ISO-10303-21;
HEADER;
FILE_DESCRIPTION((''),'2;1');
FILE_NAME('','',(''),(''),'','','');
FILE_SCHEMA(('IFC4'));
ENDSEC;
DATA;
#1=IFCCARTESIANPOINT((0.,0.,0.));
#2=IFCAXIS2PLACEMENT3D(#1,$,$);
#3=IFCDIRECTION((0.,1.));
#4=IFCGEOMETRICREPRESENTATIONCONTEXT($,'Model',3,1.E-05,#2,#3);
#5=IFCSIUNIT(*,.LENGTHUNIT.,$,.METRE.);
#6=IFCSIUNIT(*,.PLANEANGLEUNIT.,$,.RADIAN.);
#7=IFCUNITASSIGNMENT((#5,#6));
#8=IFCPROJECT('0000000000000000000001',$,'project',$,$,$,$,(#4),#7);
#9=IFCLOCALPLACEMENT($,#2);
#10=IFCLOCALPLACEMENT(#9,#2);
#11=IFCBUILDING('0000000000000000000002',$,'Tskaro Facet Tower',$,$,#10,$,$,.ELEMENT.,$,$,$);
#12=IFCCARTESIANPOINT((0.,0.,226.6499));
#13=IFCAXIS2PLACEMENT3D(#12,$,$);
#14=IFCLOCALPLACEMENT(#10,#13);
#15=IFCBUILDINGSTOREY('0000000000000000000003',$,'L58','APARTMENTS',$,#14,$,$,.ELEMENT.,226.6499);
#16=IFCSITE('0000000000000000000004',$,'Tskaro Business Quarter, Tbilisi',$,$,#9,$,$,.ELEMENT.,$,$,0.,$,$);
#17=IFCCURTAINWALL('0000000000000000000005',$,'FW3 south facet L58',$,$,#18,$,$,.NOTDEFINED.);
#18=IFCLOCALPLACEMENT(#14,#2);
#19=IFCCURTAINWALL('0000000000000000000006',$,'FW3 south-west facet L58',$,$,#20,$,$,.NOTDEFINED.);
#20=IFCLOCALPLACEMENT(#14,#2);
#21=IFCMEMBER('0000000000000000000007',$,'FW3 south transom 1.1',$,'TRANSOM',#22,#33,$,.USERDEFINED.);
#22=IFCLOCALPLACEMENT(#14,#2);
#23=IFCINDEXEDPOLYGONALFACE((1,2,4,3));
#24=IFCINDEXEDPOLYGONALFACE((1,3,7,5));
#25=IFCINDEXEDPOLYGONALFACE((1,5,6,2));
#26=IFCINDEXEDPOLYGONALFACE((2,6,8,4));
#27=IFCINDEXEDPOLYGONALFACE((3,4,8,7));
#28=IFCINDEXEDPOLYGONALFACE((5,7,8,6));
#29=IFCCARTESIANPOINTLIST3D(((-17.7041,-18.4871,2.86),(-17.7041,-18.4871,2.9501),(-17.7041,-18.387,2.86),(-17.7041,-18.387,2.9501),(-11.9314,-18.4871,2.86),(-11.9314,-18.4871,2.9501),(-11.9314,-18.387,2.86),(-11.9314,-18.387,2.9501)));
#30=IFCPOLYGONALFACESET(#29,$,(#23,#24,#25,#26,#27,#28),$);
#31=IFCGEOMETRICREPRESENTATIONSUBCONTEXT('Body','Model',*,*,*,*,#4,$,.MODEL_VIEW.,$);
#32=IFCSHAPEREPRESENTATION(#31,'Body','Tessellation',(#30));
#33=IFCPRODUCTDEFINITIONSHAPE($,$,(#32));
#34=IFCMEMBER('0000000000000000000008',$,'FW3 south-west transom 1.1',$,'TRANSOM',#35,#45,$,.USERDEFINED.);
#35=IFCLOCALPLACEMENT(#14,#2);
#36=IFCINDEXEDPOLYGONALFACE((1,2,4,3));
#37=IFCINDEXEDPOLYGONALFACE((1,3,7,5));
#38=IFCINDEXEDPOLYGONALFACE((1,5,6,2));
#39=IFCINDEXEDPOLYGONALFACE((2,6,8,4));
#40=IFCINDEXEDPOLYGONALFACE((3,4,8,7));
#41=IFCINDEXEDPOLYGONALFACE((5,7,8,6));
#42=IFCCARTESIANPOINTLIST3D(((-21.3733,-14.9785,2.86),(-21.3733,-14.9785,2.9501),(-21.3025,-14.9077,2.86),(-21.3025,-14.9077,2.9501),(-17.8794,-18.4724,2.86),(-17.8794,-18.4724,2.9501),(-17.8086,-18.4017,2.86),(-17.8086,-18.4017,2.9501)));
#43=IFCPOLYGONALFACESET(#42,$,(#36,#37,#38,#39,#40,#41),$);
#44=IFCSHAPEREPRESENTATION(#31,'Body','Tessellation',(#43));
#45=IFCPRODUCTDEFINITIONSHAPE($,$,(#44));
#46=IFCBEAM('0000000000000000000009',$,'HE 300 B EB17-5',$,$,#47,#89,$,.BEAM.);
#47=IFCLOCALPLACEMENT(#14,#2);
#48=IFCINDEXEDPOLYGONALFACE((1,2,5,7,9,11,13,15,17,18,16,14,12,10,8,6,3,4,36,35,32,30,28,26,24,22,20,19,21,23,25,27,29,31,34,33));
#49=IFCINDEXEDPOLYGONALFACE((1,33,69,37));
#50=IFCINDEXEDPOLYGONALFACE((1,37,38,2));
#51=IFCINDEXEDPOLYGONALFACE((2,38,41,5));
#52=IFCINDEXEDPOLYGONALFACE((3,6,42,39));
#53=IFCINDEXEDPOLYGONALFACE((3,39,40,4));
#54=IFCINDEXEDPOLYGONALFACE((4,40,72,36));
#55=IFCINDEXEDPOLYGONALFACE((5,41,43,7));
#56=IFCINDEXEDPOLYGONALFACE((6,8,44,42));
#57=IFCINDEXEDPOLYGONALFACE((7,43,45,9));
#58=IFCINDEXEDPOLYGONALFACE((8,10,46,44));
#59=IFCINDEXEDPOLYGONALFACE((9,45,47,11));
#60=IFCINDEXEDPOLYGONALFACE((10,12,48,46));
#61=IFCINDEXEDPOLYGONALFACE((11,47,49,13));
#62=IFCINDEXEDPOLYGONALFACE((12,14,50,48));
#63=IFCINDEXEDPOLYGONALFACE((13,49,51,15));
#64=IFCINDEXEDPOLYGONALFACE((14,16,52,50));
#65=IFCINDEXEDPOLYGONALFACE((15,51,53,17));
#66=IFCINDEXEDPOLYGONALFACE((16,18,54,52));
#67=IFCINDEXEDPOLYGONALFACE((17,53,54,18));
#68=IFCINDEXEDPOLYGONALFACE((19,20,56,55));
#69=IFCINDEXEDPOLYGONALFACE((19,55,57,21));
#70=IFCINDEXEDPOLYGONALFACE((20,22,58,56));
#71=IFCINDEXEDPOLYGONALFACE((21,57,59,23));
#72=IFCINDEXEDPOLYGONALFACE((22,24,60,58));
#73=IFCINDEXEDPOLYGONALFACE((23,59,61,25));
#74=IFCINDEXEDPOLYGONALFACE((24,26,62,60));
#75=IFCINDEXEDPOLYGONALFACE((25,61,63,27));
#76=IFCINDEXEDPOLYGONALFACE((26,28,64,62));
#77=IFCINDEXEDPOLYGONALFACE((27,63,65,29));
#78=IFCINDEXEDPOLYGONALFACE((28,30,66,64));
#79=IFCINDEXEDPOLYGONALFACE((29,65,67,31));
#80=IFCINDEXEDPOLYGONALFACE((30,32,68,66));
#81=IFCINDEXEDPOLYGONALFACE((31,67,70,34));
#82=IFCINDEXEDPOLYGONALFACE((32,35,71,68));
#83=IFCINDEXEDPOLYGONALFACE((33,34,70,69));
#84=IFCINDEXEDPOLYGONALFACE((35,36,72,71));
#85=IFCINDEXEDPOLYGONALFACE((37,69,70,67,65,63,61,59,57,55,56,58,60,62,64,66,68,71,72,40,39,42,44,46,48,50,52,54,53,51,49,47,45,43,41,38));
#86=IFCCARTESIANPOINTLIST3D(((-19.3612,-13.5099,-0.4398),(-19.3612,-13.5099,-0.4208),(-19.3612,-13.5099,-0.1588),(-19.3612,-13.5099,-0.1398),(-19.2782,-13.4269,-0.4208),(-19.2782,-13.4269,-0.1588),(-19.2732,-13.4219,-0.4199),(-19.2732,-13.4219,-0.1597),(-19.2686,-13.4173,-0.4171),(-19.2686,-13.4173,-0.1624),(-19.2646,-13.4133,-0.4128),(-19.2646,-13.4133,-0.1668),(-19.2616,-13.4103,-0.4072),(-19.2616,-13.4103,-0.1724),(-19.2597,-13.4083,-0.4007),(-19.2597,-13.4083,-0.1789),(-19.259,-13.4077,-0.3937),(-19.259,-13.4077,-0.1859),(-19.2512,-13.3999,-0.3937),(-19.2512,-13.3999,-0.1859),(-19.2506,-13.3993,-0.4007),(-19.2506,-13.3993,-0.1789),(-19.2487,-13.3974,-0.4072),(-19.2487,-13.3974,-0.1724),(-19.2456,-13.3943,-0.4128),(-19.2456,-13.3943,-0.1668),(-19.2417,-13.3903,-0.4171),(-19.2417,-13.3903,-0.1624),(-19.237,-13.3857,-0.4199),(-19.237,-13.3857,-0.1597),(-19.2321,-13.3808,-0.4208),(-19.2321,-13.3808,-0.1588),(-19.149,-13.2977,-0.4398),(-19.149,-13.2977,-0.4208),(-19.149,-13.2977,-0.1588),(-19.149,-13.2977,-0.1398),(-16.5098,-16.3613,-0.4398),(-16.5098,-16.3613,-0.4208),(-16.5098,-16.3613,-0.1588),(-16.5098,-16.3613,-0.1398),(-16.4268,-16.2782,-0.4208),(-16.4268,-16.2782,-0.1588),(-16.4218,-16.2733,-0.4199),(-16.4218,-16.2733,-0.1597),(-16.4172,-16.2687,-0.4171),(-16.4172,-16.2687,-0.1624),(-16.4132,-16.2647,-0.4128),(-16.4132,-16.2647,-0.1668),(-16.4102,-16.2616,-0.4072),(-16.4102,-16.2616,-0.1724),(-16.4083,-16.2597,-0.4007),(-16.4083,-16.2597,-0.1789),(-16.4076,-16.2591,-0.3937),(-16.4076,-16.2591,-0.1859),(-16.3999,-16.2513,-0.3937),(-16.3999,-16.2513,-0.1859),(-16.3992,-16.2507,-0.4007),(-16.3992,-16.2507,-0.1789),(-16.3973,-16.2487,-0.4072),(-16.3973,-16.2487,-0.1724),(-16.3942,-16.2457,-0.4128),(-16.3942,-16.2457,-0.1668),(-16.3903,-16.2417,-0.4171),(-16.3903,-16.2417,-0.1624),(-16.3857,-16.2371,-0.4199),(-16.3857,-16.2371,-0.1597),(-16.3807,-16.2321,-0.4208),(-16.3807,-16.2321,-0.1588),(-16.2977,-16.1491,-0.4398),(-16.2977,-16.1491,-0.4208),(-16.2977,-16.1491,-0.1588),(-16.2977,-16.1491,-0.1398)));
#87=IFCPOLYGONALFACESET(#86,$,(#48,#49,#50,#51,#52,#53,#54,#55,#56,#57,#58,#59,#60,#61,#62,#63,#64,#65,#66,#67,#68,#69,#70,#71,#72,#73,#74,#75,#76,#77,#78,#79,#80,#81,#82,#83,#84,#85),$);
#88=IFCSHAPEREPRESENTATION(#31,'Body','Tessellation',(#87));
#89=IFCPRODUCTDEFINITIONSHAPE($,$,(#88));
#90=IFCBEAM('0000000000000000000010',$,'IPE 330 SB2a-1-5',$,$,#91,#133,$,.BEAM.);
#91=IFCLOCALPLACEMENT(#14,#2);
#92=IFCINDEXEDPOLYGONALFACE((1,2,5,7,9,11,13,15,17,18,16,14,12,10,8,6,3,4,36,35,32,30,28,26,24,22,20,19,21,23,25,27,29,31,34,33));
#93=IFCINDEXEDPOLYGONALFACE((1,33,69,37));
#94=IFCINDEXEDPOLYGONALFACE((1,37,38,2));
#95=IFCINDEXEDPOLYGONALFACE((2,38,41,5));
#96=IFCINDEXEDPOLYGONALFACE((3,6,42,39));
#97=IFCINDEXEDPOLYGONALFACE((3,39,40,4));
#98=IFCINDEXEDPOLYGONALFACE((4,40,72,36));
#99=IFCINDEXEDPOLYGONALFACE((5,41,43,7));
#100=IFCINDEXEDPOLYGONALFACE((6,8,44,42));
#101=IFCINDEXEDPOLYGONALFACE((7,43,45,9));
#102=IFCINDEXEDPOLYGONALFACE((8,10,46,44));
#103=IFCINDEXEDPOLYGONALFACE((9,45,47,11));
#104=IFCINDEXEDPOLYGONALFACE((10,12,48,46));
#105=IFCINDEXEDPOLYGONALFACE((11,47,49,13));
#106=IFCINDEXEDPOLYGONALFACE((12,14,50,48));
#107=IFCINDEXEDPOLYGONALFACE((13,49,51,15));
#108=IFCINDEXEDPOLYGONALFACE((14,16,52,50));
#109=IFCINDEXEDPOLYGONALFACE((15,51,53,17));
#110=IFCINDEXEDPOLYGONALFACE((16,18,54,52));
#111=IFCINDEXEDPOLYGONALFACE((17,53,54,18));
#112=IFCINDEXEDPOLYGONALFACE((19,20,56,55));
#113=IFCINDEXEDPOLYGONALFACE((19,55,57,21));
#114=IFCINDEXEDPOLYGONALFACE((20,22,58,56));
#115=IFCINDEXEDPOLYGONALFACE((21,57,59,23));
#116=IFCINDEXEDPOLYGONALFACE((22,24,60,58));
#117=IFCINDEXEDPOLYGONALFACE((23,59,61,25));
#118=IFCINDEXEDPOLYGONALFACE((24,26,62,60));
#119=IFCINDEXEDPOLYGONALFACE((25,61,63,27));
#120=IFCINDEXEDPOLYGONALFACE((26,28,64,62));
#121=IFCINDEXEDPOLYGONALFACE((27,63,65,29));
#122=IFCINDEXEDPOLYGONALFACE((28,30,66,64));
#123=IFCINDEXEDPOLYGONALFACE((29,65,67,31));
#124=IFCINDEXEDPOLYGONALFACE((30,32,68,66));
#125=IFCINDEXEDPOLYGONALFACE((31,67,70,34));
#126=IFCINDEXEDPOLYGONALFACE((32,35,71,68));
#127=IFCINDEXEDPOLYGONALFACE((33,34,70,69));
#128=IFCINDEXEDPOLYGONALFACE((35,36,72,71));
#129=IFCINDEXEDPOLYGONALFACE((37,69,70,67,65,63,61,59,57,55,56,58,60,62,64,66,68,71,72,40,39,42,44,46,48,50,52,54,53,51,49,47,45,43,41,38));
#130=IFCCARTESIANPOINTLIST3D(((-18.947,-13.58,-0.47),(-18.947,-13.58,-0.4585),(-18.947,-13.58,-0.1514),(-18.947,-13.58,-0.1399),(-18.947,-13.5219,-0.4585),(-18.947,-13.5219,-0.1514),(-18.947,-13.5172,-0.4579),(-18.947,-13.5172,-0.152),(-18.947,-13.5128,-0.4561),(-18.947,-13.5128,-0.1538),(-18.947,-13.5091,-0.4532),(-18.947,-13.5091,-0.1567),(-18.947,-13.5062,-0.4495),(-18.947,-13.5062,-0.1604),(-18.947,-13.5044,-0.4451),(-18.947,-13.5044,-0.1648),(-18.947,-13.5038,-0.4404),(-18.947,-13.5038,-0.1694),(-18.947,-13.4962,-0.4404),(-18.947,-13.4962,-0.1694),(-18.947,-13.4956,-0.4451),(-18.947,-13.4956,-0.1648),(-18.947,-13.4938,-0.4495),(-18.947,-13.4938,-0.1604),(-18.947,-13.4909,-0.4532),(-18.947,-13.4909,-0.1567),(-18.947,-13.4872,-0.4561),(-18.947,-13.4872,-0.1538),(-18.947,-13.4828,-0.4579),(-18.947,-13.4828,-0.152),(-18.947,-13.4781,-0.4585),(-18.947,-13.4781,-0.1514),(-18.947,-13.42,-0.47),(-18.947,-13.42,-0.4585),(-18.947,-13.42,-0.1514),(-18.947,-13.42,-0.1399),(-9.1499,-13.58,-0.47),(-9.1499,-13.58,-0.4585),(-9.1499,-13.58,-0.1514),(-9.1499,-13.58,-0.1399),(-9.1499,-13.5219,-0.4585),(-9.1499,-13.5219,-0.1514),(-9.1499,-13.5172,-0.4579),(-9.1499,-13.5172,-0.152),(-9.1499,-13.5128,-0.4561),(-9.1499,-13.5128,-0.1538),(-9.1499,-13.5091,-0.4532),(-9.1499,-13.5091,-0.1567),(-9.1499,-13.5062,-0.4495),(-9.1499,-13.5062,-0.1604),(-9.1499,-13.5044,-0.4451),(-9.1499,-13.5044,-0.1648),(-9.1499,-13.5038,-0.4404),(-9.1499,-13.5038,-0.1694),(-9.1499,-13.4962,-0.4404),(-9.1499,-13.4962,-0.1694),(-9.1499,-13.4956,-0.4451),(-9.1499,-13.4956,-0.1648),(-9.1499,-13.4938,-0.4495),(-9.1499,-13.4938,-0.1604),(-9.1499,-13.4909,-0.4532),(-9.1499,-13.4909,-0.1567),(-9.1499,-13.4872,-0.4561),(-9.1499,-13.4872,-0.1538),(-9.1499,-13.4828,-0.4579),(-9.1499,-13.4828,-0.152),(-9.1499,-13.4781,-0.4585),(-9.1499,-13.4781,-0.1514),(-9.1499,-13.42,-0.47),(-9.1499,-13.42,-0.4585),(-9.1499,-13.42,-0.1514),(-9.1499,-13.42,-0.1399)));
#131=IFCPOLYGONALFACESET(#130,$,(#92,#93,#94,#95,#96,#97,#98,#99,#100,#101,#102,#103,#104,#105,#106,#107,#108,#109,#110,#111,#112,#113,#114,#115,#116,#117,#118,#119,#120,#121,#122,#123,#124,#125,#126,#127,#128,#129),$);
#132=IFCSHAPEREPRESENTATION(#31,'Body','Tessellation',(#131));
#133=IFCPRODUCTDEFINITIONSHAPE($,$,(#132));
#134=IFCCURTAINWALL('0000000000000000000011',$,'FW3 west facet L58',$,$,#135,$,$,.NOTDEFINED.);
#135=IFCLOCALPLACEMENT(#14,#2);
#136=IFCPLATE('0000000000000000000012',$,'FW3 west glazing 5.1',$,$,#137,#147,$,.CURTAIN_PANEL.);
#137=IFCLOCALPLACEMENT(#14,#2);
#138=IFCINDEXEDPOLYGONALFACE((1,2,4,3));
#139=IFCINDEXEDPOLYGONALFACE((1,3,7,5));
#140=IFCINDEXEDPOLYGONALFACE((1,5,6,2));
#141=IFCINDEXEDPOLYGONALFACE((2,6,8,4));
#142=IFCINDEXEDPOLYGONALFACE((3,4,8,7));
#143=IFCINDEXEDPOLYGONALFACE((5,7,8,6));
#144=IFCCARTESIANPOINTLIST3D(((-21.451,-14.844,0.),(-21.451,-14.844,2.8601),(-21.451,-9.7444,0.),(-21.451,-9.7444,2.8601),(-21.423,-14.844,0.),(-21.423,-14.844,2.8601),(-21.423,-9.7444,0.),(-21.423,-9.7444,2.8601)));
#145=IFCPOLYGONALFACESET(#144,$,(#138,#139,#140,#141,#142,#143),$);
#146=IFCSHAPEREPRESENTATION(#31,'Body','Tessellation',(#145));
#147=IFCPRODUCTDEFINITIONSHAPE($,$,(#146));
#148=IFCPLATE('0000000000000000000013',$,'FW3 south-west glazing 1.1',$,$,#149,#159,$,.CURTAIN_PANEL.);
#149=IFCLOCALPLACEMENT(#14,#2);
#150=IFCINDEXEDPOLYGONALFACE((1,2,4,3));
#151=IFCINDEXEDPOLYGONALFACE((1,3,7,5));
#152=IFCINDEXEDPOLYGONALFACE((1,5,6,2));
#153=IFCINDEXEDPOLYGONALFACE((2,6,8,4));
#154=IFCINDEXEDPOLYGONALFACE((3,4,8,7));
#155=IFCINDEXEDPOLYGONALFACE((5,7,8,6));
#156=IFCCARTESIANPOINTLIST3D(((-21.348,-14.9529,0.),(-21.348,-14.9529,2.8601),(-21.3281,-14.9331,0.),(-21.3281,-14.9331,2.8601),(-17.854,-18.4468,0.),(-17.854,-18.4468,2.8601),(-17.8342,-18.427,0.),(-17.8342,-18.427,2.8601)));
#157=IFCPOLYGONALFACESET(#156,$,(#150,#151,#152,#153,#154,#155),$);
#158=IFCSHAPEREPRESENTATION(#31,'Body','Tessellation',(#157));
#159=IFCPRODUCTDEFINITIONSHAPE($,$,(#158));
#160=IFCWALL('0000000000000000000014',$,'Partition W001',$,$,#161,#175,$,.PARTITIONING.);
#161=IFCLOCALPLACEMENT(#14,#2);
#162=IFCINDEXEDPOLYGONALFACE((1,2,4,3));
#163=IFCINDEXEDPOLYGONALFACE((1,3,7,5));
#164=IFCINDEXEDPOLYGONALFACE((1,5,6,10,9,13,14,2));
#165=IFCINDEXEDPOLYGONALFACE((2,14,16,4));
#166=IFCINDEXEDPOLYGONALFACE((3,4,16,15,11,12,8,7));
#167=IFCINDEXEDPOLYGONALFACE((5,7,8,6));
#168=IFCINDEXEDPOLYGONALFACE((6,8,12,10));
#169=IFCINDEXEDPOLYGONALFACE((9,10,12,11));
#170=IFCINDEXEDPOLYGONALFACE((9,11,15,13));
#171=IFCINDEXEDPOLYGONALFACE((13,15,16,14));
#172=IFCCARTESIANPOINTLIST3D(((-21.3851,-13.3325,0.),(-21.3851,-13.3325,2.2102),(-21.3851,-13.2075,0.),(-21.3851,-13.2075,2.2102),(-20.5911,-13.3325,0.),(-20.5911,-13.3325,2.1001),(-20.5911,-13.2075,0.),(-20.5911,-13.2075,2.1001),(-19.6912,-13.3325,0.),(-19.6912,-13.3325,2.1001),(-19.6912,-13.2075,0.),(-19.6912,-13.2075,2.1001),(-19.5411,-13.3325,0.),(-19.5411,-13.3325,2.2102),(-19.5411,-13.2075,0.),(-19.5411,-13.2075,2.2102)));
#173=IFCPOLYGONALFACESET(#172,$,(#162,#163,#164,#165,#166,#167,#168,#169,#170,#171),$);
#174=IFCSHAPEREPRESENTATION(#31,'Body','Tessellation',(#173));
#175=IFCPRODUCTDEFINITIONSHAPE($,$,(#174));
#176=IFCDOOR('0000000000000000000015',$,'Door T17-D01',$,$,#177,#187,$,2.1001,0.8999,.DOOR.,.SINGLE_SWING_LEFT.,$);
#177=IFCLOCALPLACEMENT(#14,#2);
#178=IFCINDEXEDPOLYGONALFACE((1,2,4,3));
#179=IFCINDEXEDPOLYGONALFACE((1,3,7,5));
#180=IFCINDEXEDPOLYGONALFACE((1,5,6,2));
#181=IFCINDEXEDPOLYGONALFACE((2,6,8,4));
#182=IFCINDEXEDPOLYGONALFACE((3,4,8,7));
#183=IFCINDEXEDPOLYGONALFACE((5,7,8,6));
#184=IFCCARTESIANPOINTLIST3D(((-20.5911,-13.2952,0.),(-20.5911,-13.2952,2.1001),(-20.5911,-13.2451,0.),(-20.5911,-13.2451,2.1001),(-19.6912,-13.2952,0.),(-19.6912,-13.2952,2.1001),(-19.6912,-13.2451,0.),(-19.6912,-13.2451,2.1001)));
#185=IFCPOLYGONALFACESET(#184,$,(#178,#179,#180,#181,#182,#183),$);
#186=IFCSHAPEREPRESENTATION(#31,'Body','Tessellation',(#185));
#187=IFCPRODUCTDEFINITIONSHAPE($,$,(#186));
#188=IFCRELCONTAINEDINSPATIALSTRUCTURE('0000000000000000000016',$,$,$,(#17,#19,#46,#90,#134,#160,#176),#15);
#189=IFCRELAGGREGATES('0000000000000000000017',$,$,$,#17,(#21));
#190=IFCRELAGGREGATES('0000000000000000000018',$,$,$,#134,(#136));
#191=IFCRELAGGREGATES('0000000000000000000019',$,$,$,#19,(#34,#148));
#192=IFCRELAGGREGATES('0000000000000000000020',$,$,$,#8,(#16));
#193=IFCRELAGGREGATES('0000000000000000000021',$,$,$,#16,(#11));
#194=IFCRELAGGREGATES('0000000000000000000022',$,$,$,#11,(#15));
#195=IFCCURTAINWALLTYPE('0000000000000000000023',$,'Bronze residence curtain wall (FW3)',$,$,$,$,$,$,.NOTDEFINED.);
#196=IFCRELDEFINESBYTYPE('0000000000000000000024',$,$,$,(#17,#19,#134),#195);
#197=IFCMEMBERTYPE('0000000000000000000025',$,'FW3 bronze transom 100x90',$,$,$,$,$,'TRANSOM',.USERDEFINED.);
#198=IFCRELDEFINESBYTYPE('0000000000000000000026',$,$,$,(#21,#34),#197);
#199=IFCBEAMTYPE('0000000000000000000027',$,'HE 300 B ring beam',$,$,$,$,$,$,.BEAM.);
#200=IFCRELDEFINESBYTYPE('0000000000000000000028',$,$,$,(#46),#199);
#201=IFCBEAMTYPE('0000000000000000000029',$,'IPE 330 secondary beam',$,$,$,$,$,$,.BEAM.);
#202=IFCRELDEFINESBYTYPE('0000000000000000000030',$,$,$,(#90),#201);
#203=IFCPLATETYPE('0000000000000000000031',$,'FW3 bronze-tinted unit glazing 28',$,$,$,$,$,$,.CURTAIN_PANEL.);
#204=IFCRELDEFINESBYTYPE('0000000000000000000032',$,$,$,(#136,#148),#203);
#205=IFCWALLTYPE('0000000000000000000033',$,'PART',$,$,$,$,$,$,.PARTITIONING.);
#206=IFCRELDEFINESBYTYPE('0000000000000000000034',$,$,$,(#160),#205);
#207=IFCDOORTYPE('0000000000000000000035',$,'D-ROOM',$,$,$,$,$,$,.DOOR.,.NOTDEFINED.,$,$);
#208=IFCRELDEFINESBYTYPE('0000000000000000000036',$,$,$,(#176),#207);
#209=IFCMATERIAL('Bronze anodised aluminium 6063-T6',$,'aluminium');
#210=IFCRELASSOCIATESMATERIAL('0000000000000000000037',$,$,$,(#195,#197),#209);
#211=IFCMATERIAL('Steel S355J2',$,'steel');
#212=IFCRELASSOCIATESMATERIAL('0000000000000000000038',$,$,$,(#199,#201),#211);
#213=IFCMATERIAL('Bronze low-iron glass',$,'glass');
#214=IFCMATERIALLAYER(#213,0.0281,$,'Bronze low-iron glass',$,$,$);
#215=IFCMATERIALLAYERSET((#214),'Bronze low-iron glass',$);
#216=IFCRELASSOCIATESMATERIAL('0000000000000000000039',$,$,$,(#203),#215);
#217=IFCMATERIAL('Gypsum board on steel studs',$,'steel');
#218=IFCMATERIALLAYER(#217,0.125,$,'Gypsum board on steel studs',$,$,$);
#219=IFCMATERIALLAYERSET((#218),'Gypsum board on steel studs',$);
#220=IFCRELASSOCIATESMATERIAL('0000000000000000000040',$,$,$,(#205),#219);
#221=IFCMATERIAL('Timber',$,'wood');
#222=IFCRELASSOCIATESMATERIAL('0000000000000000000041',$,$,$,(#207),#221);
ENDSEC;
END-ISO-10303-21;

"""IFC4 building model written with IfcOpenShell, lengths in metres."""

from ifc_helpers import new_model, si_unit, direction, frame, frame_2d, origin, origin_2d, place, context, subcontext, project, spatial, rectangle, i_section, extrude, material, layer, layer_set, material_profile, profile_set, type_object, element, fill, aggregate, save


model = new_model("IFC4")

# Units and contexts
model_context = context("Model", 3, precision=1e-05, world=origin(), true_north=direction((0.0, 1.0)))
body_context = subcontext(model_context, "Body", "Model", "MODEL_VIEW")
ifc_project = project(units=[si_unit("LENGTHUNIT", "METRE"), si_unit("PLANEANGLEUNIT", "RADIAN")], contexts=[model_context])

# Site, building, storey
site_placement = place(None, origin())
site = spatial("IfcSite", under=ifc_project, at=site_placement, Name="Tskaro Business Quarter, Tbilisi", CompositionType="ELEMENT", RefElevation=0.0)
building_placement = place(site_placement, origin())
building = spatial("IfcBuilding", under=site, at=building_placement, Name="Tskaro Facet Tower", CompositionType="ELEMENT")
storey_placement = place(building_placement, frame((0.0, 0.0, 226.6499)))
storey = spatial("IfcBuildingStorey", under=building, at=storey_placement, Name="L58", Description="APARTMENTS", CompositionType="ELEMENT", Elevation=226.6499)

# Shared definitions
ifc_material_1 = material(Name="Steel S355J2", Category="steel")

# Curtain walls
ifc_material_2 = material(Name="Bronze anodised aluminium 6063-T6", Category="aluminium")
curtain_wall_type = type_object("IfcCurtainWallType", Name="Bronze residence curtain wall (FW3)", PredefinedType="NOTDEFINED", material=ifc_material_2)
curtain_wall_1_placement = place(storey_placement, origin())
curtain_wall_1 = element("IfcCurtainWall", 1, at=curtain_wall_1_placement, inside=storey, type_object=curtain_wall_type, Name="FW3 south facet L58", PredefinedType="NOTDEFINED")
curtain_wall_2_placement = place(storey_placement, origin())
curtain_wall_2 = element("IfcCurtainWall", 2, at=curtain_wall_2_placement, inside=storey, type_object=curtain_wall_type, Name="FW3 south-west facet L58", PredefinedType="NOTDEFINED")

# Members
ifc_material_profile_1 = material_profile(ifc_material_2, rectangle(XDim=0.1001, YDim=0.0901, at=origin_2d()), Name="Transom 100x90")
ifc_profile_set_1 = profile_set([ifc_material_profile_1], Name="Bronze anodised aluminium 6063-T6")
member_type_1 = type_object("IfcMemberType", Name="FW3 bronze transom 100x90", ElementType="TRANSOM", PredefinedType="USERDEFINED", material=ifc_profile_set_1)
member_1_placement = place(storey_placement, frame((-17.7041, -18.437, 2.905), z_axis=(1.0, 0.0, 0.0), x_axis=(0.0, 1.0, 0.0)))
member_1 = element("IfcMember", 3, at=member_1_placement, type_object=member_type_1, Name="FW3 south transom 1.1", ObjectType="TRANSOM", PredefinedType="USERDEFINED", context=body_context, shape_type="SweptSolid", body=[
    extrude(rectangle(XDim=0.1001, YDim=0.0901, at=origin_2d()), origin(), (0.0, 0.0, 1.0), 5.7727),
])
aggregate(curtain_wall_1, [member_1])
member_2_placement = place(storey_placement, frame((-21.3379, -14.9431, 2.905), z_axis=(0.707107, -0.707107, 0.0), x_axis=(0.707107, 0.707107, 0.0)))
member_2 = element("IfcMember", 4, at=member_2_placement, type_object=member_type_1, Name="FW3 south-west transom 1.1", ObjectType="TRANSOM", PredefinedType="USERDEFINED", context=body_context, shape_type="SweptSolid", body=[
    extrude(rectangle(XDim=0.1001, YDim=0.0901, at=origin_2d()), origin(), (0.0, 0.0, 1.0), 4.9412),
])

# Beams
ifc_material_profile_2 = material_profile(ifc_material_1, i_section(OverallWidth=0.3, OverallDepth=0.3, WebThickness=0.011, FlangeThickness=0.019, FilletRadius=0.0271, at=origin_2d()), Name="HE 300 B")
ifc_profile_set_2 = profile_set([ifc_material_profile_2], Name="Steel S355J2")
beam_type_1 = type_object("IfcBeamType", Name="HE 300 B ring beam", PredefinedType="BEAM", material=ifc_profile_set_2)
beam_1_placement = place(storey_placement, frame((-19.2551, -13.4038, -0.2898), z_axis=(0.707107, -0.707107, 0.0), x_axis=(0.707107, 0.707107, 0.0)))
element("IfcBeam", 5, at=beam_1_placement, inside=storey, type_object=beam_type_1, Name="HE 300 B EB17-5", PredefinedType="BEAM", context=body_context, shape_type="SweptSolid", body=[
    extrude(i_section(OverallWidth=0.3, OverallDepth=0.3, WebThickness=0.011, FlangeThickness=0.019, FilletRadius=0.0271, at=origin_2d()), origin(), (0.0, 0.0, 1.0), 4.0325),
])
ifc_material_profile_3 = material_profile(ifc_material_1, i_section(OverallWidth=0.1599, OverallDepth=0.3301, WebThickness=0.0076, FlangeThickness=0.0115, FilletRadius=0.0181, at=origin_2d()), Name="IPE 330")
ifc_profile_set_3 = profile_set([ifc_material_profile_3], Name="Steel S355J2")
beam_type_2 = type_object("IfcBeamType", Name="IPE 330 secondary beam", PredefinedType="BEAM", material=ifc_profile_set_3)
beam_2_placement = place(storey_placement, frame((-18.947, -13.5, -0.3049), z_axis=(1.0, 0.0, 0.0), x_axis=(0.0, 1.0, 0.0)))
element("IfcBeam", 6, at=beam_2_placement, inside=storey, type_object=beam_type_2, Name="IPE 330 SB2a-1-5", PredefinedType="BEAM", context=body_context, shape_type="SweptSolid", body=[
    extrude(i_section(OverallWidth=0.1599, OverallDepth=0.3301, WebThickness=0.0076, FlangeThickness=0.0115, FilletRadius=0.0181, at=origin_2d()), origin(), (0.0, 0.0, 1.0), 9.7971),
])

# Curtain wall, plate
curtain_wall_3_placement = place(storey_placement, origin())
curtain_wall_3 = element("IfcCurtainWall", 7, at=curtain_wall_3_placement, inside=storey, type_object=curtain_wall_type, Name="FW3 west facet L58", PredefinedType="NOTDEFINED")
ifc_material_3 = material(Name="Bronze low-iron glass", Category="glass")
ifc_layer_1 = layer(ifc_material_3, 0.0281, Name="Bronze low-iron glass")
ifc_layer_set_1 = layer_set([ifc_layer_1], Name="Bronze low-iron glass")
plate_type = type_object("IfcPlateType", Name="FW3 bronze-tinted unit glazing 28", PredefinedType="CURTAIN_PANEL", material=ifc_layer_set_1)
plate_1_placement = place(storey_placement, frame((-21.437, -12.2942, 0.0), z_axis=(0.0, 0.0, 1.0), x_axis=(0.0, -1.0, 0.0)))
plate_1 = element("IfcPlate", 8, at=plate_1_placement, type_object=plate_type, Name="FW3 west glazing 5.1", PredefinedType="CURTAIN_PANEL", context=body_context, shape_type="SweptSolid", body=[
    extrude(rectangle(XDim=5.0996, YDim=0.0281, at=origin_2d()), origin(), (0.0, 0.0, 1.0), 2.8601),
])
aggregate(curtain_wall_3, [plate_1])

# Plate
plate_2_placement = place(storey_placement, frame((-19.5911, -16.6899, 0.0), z_axis=(0.0, 0.0, 1.0), x_axis=(0.707107, -0.707107, 0.0)))
plate_2 = element("IfcPlate", 9, at=plate_2_placement, type_object=plate_type, Name="FW3 south-west glazing 1.1", PredefinedType="CURTAIN_PANEL", context=body_context, shape_type="SweptSolid", body=[
    extrude(rectangle(XDim=4.9412, YDim=0.0281, at=origin_2d()), origin(), (0.0, 0.0, 1.0), 2.8601),
])
aggregate(curtain_wall_2, [member_2, plate_2])

# Wall, opening, door
ifc_material_4 = material(Name="Gypsum board on steel studs", Category="steel")
ifc_layer_2 = layer(ifc_material_4, 0.125, Name="Gypsum board on steel studs")
ifc_layer_set_2 = layer_set([ifc_layer_2], Name="Gypsum board on steel studs")
wall_type = type_object("IfcWallType", Name="PART", PredefinedType="PARTITIONING", material=ifc_layer_set_2)
wall_1_placement = place(storey_placement, frame((-21.385, -13.27, 0.0), z_axis=(0.0, 0.0, 1.0), x_axis=(1.0, 0.0, 0.0)))
wall_1 = element("IfcWall", 10, at=wall_1_placement, inside=storey, type_object=wall_type, Name="Partition W001", PredefinedType="PARTITIONING", context=body_context, shape_type="SweptSolid", body=[
    extrude(rectangle(XDim=1.844, YDim=0.125, at=frame_2d((0.9219, 0.0))), origin(), (0.0, 0.0, 1.0), 2.2102),
])
opening_placement = place(wall_1_placement, frame((0.7939, 0.0, 0.0)))
opening = element("IfcOpeningElement", 11, at=opening_placement, cuts=wall_1, PredefinedType="OPENING", context=body_context, shape_type="SweptSolid", body=[
    extrude(rectangle(XDim=0.8999, YDim=2.1001, at=frame_2d((0.45, 1.05))), frame((0.0, 0.0725, 0.0), z_axis=(0.0, -1.0, 0.0), x_axis=(1.0, 0.0, 0.0)), (0.0, 0.0, 1.0), 0.145),
])
ifc_material_5 = material(Name="Timber", Category="wood")
door_type = type_object("IfcDoorType", Name="D-ROOM", OperationType="NOTDEFINED", PredefinedType="DOOR", material=ifc_material_5)
door_placement = place(opening_placement, origin())
door = element("IfcDoor", 12, at=door_placement, inside=storey, type_object=door_type, Name="Door T17-D01", OperationType="SINGLE_SWING_LEFT", OverallHeight=2.1001, OverallWidth=0.8999, PredefinedType="DOOR", context=body_context, shape_type="SweptSolid", body=[
    extrude(rectangle(XDim=0.8999, YDim=2.1001, at=frame_2d((0.45, 1.05))), frame((0.0, 0.0249, 0.0), z_axis=(0.0, -1.0, 0.0), x_axis=(1.0, 0.0, 0.0)), (0.0, 0.0, 1.0), 0.05),
])
fill(opening, door)

save(model, "model.ifc")
